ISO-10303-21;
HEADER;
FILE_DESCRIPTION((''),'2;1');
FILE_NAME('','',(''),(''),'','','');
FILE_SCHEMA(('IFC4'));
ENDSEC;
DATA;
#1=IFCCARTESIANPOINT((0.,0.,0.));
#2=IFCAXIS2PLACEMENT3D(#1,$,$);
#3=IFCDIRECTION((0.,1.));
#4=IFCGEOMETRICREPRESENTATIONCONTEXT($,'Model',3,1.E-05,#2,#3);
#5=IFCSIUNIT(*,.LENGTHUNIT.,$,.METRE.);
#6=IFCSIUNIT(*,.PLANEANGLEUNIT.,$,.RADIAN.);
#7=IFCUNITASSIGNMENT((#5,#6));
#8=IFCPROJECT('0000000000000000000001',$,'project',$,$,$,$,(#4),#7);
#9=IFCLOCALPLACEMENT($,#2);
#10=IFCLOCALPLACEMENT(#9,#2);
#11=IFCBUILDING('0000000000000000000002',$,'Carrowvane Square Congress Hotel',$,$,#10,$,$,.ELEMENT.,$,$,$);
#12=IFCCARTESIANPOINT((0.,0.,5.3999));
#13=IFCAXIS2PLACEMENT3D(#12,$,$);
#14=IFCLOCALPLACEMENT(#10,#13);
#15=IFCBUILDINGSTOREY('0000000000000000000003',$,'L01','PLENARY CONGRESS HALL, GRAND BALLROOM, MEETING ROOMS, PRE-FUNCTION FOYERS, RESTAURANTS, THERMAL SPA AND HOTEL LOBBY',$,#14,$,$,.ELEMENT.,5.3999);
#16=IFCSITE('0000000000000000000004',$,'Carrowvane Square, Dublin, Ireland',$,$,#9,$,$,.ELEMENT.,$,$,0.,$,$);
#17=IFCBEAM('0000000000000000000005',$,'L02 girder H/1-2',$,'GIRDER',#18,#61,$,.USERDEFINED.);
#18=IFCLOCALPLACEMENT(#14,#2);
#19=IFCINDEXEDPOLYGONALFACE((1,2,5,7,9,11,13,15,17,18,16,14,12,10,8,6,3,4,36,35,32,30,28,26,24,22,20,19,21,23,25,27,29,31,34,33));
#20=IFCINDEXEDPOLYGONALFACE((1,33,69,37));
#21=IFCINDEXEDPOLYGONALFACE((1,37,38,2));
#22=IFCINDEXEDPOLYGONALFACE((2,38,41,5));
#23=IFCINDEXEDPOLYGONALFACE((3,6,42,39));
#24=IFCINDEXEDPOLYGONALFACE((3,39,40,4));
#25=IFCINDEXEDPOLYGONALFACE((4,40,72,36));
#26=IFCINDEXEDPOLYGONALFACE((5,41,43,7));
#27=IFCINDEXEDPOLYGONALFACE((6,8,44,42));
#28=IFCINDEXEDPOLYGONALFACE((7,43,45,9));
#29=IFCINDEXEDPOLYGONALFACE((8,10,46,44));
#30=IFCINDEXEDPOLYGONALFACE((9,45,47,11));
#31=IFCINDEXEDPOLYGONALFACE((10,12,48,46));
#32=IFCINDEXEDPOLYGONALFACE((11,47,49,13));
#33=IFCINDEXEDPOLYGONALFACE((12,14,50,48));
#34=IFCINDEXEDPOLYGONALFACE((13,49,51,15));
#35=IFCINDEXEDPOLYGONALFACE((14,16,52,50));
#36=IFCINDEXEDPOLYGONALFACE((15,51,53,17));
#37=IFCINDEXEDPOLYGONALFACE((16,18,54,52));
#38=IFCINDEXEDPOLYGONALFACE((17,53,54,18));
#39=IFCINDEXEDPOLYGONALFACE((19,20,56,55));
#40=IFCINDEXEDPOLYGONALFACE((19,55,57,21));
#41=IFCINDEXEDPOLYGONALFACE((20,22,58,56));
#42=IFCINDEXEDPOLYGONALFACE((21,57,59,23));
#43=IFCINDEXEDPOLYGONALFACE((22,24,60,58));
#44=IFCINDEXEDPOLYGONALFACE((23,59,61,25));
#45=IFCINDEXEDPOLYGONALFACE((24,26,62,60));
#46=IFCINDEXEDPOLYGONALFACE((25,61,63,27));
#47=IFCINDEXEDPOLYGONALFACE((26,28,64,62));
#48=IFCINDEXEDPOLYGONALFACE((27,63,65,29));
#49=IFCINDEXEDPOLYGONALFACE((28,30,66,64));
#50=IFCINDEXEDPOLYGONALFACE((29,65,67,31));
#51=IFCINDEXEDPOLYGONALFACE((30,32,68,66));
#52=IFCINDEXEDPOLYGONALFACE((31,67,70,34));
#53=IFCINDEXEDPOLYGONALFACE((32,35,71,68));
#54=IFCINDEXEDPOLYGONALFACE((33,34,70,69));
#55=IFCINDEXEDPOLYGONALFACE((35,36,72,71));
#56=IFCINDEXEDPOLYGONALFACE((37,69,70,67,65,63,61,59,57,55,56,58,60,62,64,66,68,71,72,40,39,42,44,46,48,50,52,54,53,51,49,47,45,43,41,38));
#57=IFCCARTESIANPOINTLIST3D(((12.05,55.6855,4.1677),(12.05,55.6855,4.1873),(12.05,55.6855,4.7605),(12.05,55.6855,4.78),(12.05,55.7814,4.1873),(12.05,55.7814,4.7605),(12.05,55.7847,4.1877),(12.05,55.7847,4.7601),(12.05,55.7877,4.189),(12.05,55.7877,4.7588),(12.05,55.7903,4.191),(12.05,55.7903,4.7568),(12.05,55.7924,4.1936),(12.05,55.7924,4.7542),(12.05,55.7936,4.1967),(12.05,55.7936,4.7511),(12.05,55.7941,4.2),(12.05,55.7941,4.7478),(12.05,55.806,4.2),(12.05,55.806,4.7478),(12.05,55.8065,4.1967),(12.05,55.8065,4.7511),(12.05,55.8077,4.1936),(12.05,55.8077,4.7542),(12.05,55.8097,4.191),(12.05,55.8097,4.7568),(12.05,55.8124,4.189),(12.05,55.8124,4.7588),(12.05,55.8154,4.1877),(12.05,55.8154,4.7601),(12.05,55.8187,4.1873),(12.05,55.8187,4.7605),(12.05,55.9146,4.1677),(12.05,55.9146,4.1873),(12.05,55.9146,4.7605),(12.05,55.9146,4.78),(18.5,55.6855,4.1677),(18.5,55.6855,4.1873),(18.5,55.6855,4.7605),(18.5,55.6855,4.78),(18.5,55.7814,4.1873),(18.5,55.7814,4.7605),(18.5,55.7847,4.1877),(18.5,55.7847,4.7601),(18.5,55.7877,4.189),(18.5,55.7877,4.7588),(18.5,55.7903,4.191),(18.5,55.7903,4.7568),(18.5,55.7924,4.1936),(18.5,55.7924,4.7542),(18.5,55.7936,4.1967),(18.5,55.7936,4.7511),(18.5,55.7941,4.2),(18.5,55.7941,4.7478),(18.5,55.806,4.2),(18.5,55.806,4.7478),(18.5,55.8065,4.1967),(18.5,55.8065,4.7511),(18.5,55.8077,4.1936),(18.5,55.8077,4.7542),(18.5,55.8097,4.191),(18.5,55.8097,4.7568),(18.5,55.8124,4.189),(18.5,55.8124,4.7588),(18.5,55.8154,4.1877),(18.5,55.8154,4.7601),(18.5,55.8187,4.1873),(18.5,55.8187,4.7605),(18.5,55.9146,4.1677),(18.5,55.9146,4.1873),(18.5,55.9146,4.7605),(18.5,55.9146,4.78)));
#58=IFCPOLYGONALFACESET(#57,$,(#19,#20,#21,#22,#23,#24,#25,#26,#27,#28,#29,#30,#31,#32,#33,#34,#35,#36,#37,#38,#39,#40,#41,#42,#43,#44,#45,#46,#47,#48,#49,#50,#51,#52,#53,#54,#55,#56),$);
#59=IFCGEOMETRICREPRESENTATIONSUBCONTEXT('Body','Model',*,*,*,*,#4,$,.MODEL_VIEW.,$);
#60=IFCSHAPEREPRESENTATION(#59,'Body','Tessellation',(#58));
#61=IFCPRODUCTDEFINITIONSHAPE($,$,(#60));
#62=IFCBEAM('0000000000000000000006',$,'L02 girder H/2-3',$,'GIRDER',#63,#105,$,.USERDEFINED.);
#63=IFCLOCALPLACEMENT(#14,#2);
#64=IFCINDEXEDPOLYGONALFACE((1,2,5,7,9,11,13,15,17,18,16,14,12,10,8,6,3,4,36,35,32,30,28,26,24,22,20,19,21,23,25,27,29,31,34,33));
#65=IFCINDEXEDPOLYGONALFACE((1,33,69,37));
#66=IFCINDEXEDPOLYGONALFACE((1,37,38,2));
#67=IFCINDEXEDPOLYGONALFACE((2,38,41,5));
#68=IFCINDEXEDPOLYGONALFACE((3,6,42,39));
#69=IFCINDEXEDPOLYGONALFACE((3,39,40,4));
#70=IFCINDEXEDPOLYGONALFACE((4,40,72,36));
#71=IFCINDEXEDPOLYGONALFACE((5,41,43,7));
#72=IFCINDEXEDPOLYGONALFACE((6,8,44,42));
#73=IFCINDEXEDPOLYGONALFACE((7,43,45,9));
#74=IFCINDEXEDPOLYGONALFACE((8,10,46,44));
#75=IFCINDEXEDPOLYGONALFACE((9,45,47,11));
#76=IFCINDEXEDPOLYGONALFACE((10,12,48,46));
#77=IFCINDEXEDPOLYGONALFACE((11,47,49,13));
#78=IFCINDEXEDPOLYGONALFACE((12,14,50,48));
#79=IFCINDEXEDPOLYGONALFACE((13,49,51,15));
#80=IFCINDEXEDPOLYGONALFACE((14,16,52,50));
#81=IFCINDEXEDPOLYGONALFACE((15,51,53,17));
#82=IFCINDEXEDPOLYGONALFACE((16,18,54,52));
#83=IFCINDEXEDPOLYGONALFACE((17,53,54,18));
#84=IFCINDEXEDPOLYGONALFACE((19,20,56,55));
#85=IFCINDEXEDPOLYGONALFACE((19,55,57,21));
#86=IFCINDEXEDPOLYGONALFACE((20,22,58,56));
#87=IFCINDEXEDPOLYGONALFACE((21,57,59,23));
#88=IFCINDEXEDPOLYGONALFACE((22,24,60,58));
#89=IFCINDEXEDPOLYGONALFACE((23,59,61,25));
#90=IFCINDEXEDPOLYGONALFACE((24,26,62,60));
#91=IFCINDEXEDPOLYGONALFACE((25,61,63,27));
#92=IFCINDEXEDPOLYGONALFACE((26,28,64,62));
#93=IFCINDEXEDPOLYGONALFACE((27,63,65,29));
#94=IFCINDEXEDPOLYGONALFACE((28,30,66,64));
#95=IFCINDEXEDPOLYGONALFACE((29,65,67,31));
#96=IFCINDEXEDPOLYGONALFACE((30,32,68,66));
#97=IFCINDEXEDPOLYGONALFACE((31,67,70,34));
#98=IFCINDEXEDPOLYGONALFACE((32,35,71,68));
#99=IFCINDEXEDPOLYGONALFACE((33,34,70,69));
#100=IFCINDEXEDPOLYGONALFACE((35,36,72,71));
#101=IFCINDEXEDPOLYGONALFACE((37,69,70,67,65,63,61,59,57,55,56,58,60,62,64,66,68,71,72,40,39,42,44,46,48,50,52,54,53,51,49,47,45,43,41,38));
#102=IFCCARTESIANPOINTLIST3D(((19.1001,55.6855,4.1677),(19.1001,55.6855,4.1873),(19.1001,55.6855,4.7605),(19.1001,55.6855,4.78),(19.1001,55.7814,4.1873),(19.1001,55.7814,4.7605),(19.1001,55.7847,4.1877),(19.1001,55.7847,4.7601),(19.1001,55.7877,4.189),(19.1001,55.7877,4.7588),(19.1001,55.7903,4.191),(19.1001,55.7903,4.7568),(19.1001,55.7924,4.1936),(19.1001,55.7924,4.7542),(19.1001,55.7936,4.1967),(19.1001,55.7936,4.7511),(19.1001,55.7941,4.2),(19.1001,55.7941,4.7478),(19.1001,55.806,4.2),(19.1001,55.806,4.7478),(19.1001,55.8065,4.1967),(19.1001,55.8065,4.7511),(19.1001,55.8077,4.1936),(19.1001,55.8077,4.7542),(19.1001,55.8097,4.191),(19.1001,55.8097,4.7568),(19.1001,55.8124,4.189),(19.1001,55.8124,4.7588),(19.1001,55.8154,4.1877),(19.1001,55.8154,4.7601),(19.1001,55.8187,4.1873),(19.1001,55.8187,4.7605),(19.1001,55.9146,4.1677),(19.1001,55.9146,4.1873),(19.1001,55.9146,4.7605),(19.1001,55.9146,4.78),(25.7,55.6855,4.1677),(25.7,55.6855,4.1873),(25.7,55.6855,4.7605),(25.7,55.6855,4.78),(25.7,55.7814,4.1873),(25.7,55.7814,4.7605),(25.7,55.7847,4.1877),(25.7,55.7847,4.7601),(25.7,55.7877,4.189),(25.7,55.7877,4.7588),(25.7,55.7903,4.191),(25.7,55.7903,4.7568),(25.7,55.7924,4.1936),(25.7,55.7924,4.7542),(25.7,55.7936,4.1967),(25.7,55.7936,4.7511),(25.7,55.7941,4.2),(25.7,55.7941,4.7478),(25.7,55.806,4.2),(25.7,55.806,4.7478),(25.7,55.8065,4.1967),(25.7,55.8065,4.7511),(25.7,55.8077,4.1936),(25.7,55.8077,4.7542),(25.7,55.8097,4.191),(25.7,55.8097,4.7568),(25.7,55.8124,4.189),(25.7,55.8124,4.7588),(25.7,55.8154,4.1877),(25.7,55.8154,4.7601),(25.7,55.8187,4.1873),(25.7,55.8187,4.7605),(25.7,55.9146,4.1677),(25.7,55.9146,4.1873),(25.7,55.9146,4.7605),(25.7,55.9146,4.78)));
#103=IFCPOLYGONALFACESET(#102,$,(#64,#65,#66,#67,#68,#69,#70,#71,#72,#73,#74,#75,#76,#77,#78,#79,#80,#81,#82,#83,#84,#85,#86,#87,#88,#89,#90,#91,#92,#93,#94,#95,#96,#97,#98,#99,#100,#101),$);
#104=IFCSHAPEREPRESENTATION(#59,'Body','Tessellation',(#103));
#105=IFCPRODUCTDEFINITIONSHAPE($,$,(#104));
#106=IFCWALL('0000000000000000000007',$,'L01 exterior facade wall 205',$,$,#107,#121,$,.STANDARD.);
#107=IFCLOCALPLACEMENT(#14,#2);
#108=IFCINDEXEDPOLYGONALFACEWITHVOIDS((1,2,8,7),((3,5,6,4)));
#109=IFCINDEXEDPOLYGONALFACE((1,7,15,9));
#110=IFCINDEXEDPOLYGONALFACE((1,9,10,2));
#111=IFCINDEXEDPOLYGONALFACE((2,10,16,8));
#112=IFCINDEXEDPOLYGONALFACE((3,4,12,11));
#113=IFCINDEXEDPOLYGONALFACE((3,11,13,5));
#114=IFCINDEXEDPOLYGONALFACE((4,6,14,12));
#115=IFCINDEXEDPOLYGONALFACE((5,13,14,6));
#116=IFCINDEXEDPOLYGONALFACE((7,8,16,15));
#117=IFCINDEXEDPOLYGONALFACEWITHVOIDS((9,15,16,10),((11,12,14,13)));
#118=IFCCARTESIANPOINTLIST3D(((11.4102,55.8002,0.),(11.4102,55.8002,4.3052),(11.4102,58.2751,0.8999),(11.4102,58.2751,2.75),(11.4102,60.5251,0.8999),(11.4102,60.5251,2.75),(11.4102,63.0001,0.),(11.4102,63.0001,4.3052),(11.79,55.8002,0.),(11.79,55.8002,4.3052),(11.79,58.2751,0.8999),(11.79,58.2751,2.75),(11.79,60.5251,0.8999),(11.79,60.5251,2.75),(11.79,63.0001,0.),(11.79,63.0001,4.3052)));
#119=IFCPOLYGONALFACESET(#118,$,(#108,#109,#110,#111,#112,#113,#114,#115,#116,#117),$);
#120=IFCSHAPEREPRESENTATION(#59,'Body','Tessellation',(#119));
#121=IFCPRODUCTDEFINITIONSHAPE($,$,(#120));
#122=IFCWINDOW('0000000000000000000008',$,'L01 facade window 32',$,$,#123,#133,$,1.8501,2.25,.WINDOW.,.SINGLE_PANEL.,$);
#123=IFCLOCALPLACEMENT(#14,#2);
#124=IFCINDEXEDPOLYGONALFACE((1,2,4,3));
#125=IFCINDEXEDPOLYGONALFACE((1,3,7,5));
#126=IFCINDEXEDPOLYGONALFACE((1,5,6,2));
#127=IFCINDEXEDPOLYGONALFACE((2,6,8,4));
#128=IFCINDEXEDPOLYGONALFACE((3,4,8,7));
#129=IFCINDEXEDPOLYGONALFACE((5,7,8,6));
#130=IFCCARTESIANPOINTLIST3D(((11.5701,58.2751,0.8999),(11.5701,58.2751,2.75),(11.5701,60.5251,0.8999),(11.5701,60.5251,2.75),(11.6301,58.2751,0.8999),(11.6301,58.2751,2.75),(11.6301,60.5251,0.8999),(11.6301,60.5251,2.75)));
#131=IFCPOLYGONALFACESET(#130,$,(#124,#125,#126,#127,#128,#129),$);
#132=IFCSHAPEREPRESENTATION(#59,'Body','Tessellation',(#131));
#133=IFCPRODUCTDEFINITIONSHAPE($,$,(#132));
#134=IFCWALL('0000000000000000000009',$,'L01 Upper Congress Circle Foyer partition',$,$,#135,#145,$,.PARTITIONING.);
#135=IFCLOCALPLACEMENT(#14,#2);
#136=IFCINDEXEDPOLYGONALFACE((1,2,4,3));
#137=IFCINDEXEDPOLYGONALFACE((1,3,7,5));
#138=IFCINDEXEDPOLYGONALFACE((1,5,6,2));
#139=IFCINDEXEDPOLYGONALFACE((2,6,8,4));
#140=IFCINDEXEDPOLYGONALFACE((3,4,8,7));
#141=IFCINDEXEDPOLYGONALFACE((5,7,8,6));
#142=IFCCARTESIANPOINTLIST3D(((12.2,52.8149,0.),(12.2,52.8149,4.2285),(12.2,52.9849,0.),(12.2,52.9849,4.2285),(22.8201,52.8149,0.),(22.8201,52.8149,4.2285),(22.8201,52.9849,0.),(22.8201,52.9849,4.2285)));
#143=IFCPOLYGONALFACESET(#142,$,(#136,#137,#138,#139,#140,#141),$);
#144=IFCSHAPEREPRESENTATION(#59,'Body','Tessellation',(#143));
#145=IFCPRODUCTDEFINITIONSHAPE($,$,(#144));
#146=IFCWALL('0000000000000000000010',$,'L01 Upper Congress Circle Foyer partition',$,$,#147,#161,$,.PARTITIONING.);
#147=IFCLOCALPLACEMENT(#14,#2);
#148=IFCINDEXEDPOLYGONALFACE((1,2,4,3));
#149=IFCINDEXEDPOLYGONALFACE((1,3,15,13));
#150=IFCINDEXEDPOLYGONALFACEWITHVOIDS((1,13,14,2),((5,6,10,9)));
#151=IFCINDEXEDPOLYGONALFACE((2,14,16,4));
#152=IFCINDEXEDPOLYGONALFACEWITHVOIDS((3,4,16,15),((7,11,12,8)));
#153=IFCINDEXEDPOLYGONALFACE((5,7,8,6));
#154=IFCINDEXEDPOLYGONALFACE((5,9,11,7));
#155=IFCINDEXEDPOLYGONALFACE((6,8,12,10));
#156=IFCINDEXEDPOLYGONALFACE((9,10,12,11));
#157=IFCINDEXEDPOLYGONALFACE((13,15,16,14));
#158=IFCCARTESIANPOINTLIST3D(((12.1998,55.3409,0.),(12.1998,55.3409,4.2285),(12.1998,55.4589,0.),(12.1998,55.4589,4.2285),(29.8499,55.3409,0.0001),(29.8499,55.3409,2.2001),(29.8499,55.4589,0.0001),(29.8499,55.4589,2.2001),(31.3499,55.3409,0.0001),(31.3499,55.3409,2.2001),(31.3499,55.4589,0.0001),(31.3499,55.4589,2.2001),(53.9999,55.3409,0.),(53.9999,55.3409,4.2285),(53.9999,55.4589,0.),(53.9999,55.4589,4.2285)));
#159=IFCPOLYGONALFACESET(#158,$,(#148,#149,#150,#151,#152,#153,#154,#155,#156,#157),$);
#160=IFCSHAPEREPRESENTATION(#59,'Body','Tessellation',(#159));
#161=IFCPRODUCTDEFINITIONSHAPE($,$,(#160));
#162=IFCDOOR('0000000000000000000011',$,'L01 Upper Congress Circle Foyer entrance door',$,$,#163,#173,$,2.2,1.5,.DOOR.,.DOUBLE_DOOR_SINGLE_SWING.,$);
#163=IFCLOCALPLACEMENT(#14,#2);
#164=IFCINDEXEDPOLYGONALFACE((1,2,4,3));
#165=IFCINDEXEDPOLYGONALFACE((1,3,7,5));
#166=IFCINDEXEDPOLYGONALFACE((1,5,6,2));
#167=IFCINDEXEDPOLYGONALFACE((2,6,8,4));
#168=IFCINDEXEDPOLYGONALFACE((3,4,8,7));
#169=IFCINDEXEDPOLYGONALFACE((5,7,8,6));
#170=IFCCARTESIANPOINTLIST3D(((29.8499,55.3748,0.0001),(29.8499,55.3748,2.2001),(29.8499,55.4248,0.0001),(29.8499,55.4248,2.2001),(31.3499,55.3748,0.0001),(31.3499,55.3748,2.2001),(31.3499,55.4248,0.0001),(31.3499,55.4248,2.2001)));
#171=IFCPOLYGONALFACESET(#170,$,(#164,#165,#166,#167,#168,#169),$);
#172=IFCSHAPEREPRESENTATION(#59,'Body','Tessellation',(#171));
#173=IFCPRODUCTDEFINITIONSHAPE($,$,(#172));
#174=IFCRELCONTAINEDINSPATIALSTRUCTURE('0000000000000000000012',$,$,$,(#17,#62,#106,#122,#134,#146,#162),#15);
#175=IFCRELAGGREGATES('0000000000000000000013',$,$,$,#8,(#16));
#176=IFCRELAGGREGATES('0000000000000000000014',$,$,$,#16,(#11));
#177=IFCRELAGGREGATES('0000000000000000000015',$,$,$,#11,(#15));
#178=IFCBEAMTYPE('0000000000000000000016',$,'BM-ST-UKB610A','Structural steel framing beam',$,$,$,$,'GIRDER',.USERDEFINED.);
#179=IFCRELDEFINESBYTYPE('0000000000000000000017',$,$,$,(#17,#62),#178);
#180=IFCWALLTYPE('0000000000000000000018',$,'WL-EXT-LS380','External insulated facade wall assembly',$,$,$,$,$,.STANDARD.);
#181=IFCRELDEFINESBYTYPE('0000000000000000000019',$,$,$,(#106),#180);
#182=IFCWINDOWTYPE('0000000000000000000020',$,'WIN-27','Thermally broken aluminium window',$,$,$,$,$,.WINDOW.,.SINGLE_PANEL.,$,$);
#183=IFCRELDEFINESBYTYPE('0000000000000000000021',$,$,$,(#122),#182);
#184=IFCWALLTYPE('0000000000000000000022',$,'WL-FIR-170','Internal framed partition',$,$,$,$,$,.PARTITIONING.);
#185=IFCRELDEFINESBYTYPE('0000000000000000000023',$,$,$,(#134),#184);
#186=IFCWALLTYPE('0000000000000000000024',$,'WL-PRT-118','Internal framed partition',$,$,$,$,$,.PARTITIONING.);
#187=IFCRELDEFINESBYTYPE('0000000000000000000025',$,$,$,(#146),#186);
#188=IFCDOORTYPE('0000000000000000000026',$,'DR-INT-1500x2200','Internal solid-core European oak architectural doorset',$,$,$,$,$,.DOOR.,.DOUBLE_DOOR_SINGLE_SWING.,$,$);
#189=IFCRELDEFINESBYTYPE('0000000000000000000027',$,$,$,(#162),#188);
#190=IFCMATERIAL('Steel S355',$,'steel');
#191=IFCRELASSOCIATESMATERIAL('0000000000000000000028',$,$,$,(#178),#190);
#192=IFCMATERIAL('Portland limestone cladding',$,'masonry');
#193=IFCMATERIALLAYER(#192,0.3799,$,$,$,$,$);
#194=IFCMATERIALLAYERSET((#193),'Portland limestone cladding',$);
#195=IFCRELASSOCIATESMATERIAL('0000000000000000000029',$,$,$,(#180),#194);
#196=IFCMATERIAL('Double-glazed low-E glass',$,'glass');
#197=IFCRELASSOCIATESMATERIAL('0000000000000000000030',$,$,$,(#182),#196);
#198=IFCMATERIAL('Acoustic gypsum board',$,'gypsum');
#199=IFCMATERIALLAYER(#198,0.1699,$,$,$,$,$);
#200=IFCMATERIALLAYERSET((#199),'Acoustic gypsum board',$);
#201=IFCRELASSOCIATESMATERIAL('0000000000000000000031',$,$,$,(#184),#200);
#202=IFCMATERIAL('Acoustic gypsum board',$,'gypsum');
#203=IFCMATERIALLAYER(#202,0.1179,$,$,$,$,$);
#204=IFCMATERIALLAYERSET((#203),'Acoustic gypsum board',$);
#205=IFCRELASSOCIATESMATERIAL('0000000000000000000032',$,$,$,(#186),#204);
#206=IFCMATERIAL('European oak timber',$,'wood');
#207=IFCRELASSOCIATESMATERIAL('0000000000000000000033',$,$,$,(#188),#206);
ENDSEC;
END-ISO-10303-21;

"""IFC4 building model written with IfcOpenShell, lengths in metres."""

from ifc_helpers import new_model, si_unit, direction, frame, frame_2d, origin, origin_2d, place, context, subcontext, project, spatial, rectangle, i_section, extrude, material, layer, layer_set, material_profile, profile_set, type_object, element, fill, save


model = new_model("IFC4")

# Units and contexts
model_context = context("Model", 3, precision=1e-05, world=origin(), true_north=direction((0.0, 1.0)))
body_context = subcontext(model_context, "Body", "Model", "MODEL_VIEW")
ifc_project = project(units=[si_unit("LENGTHUNIT", "METRE"), si_unit("PLANEANGLEUNIT", "RADIAN")], contexts=[model_context])

# Site, building, storey
site_placement = place(None, origin())
site = spatial("IfcSite", under=ifc_project, at=site_placement, Name="Carrowvane Square, Dublin, Ireland", CompositionType="ELEMENT", RefElevation=0.0)
building_placement = place(site_placement, origin())
building = spatial("IfcBuilding", under=site, at=building_placement, Name="Carrowvane Square Congress Hotel", CompositionType="ELEMENT")
storey_placement = place(building_placement, frame((0.0, 0.0, 5.3999)))
storey = spatial("IfcBuildingStorey", under=building, at=storey_placement, Name="L01", Description="PLENARY CONGRESS HALL, GRAND BALLROOM, MEETING ROOMS, PRE-FUNCTION FOYERS, RESTAURANTS, THERMAL SPA AND HOTEL LOBBY", CompositionType="ELEMENT", Elevation=5.3999)

# Beams
ifc_material_1 = material(Name="Steel S355", Category="steel")
ifc_material_profile_1 = material_profile(ifc_material_1, i_section(OverallWidth=0.229, OverallDepth=0.6123, WebThickness=0.012, FlangeThickness=0.0195, FilletRadius=0.0127, at=origin_2d()), Name="UKB 610x229x125")
ifc_profile_set_1 = profile_set([ifc_material_profile_1], Name="Steel S355")
beam_type_1 = type_object("IfcBeamType", Name="BM-ST-UKB610A", Description="Structural steel framing beam", ElementType="GIRDER", PredefinedType="USERDEFINED", material=ifc_profile_set_1)
beam_1_placement = place(storey_placement, frame((12.05, 55.8, 4.4739), z_axis=(1.0, 0.0, 0.0), x_axis=(0.0, 1.0, 0.0)))
element("IfcBeam", 1, at=beam_1_placement, inside=storey, type_object=beam_type_1, Name="L02 girder H/1-2", ObjectType="GIRDER", PredefinedType="USERDEFINED", context=body_context, shape_type="SweptSolid", body=[
    extrude(i_section(OverallWidth=0.229, OverallDepth=0.6123, WebThickness=0.012, FlangeThickness=0.0195, FilletRadius=0.0127, at=origin_2d()), origin(), (0.0, 0.0, 1.0), 6.45),
])
beam_2_placement = place(storey_placement, frame((19.1001, 55.8, 4.4739), z_axis=(1.0, 0.0, 0.0), x_axis=(0.0, 1.0, 0.0)))
element("IfcBeam", 2, at=beam_2_placement, inside=storey, type_object=beam_type_1, Name="L02 girder H/2-3", ObjectType="GIRDER", PredefinedType="USERDEFINED", context=body_context, shape_type="SweptSolid", body=[
    extrude(i_section(OverallWidth=0.229, OverallDepth=0.6123, WebThickness=0.012, FlangeThickness=0.0195, FilletRadius=0.0127, at=origin_2d()), origin(), (0.0, 0.0, 1.0), 6.5999),
])

# Wall, opening, window
ifc_material_2 = material(Name="Portland limestone cladding", Category="masonry")
ifc_layer_1 = layer(ifc_material_2, 0.3799)
ifc_layer_set_1 = layer_set([ifc_layer_1], Name="Portland limestone cladding")
wall_type_1 = type_object("IfcWallType", Name="WL-EXT-LS380", Description="External insulated facade wall assembly", PredefinedType="STANDARD", material=ifc_layer_set_1)
wall_1_placement = place(storey_placement, frame((11.6001, 55.8, 0.0), z_axis=(0.0, 0.0, 1.0), x_axis=(0.0, 1.0, 0.0)))
wall_1 = element("IfcWall", 3, at=wall_1_placement, inside=storey, type_object=wall_type_1, Name="L01 exterior facade wall 205", PredefinedType="STANDARD", context=body_context, shape_type="SweptSolid", body=[
    extrude(rectangle(XDim=7.2, YDim=0.3799, at=frame_2d((3.6001, 0.0))), origin(), (0.0, 0.0, 1.0), 4.3052),
])
opening_1_placement = place(wall_1_placement, frame((2.4751, 0.0, 0.8999)))
opening_1 = element("IfcOpeningElement", 4, at=opening_1_placement, cuts=wall_1, PredefinedType="OPENING", context=body_context, shape_type="SweptSolid", body=[
    extrude(rectangle(XDim=2.25, YDim=1.8501, at=frame_2d((1.125, 0.925))), frame((0.0, 0.2, 0.0), z_axis=(0.0, -1.0, 0.0), x_axis=(1.0, 0.0, 0.0)), (0.0, 0.0, 1.0), 0.3999),
])
ifc_material_3 = material(Name="Double-glazed low-E glass", Category="glass")
window_type = type_object("IfcWindowType", Name="WIN-27", Description="Thermally broken aluminium window", PartitioningType="SINGLE_PANEL", PredefinedType="WINDOW", material=ifc_material_3)
window_placement = place(opening_1_placement, origin())
window = element("IfcWindow", 5, at=window_placement, inside=storey, type_object=window_type, Name="L01 facade window 32", OverallHeight=1.8501, OverallWidth=2.25, PartitioningType="SINGLE_PANEL", PredefinedType="WINDOW", context=body_context, shape_type="SweptSolid", body=[
    extrude(rectangle(XDim=2.25, YDim=1.8501, at=frame_2d((1.125, 0.925))), frame((0.0, 0.03, 0.0), z_axis=(0.0, -1.0, 0.0), x_axis=(1.0, 0.0, 0.0)), (0.0, 0.0, 1.0), 0.0601),
])
fill(opening_1, window)

# Wall
ifc_material_4 = material(Name="Acoustic gypsum board", Category="gypsum")
ifc_layer_2 = layer(ifc_material_4, 0.1699)
ifc_layer_set_2 = layer_set([ifc_layer_2], Name="Acoustic gypsum board")
wall_type_2 = type_object("IfcWallType", Name="WL-FIR-170", Description="Internal framed partition", PredefinedType="PARTITIONING", material=ifc_layer_set_2)
wall_2_placement = place(storey_placement, frame((22.8201, 52.8999, 0.0), z_axis=(0.0, 0.0, 1.0), x_axis=(-1.0, 0.0, 0.0)))
element("IfcWall", 6, at=wall_2_placement, inside=storey, type_object=wall_type_2, Name="L01 Upper Congress Circle Foyer partition", PredefinedType="PARTITIONING", context=body_context, shape_type="SweptSolid", body=[
    extrude(rectangle(XDim=10.6201, YDim=0.1699, at=frame_2d((5.3101, 0.0))), origin(), (0.0, 0.0, 1.0), 4.2285),
])

# Wall, opening, door
ifc_material_5 = material(Name="Acoustic gypsum board", Category="gypsum")
ifc_layer_3 = layer(ifc_material_5, 0.1179)
ifc_layer_set_3 = layer_set([ifc_layer_3], Name="Acoustic gypsum board")
wall_type_3 = type_object("IfcWallType", Name="WL-PRT-118", Description="Internal framed partition", PredefinedType="PARTITIONING", material=ifc_layer_set_3)
wall_3_placement = place(storey_placement, frame((12.2, 55.3999, 0.0), z_axis=(0.0, 0.0, 1.0), x_axis=(1.0, 0.0, 0.0)))
wall_3 = element("IfcWall", 7, at=wall_3_placement, inside=storey, type_object=wall_type_3, Name="L01 Upper Congress Circle Foyer partition", PredefinedType="PARTITIONING", context=body_context, shape_type="SweptSolid", body=[
    extrude(rectangle(XDim=41.8, YDim=0.1179, at=frame_2d((20.8999, 0.0))), origin(), (0.0, 0.0, 1.0), 4.2285),
])
opening_2_placement = place(wall_3_placement, frame((17.6499, 0.0, 0.0)))
opening_2 = element("IfcOpeningElement", 8, at=opening_2_placement, cuts=wall_3, PredefinedType="OPENING", context=body_context, shape_type="SweptSolid", body=[
    extrude(rectangle(XDim=1.5, YDim=2.2, at=frame_2d((0.75, 1.1001))), frame((0.0, 0.0688, 0.0), z_axis=(0.0, -1.0, 0.0), x_axis=(1.0, 0.0, 0.0)), (0.0, 0.0, 1.0), 0.1379),
])
ifc_material_6 = material(Name="European oak timber", Category="wood")
door_type_1 = type_object("IfcDoorType", Name="DR-INT-1500x2200", Description="Internal solid-core European oak architectural doorset", OperationType="DOUBLE_DOOR_SINGLE_SWING", PredefinedType="DOOR", material=ifc_material_6)
door_1_placement = place(opening_2_placement, origin())
door_1 = element("IfcDoor", 9, at=door_1_placement, inside=storey, type_object=door_type_1, Name="L01 Upper Congress Circle Foyer entrance door", OperationType="DOUBLE_DOOR_SINGLE_SWING", OverallHeight=2.2, OverallWidth=1.5, PredefinedType="DOOR", context=body_context, shape_type="SweptSolid", body=[
    extrude(rectangle(XDim=1.5, YDim=2.2, at=frame_2d((0.75, 1.1001))), frame((0.0, 0.0249, 0.0), z_axis=(0.0, -1.0, 0.0), x_axis=(1.0, 0.0, 0.0)), (0.0, 0.0, 1.0), 0.05),
])
fill(opening_2, door_1)

save(model, "model.ifc")
